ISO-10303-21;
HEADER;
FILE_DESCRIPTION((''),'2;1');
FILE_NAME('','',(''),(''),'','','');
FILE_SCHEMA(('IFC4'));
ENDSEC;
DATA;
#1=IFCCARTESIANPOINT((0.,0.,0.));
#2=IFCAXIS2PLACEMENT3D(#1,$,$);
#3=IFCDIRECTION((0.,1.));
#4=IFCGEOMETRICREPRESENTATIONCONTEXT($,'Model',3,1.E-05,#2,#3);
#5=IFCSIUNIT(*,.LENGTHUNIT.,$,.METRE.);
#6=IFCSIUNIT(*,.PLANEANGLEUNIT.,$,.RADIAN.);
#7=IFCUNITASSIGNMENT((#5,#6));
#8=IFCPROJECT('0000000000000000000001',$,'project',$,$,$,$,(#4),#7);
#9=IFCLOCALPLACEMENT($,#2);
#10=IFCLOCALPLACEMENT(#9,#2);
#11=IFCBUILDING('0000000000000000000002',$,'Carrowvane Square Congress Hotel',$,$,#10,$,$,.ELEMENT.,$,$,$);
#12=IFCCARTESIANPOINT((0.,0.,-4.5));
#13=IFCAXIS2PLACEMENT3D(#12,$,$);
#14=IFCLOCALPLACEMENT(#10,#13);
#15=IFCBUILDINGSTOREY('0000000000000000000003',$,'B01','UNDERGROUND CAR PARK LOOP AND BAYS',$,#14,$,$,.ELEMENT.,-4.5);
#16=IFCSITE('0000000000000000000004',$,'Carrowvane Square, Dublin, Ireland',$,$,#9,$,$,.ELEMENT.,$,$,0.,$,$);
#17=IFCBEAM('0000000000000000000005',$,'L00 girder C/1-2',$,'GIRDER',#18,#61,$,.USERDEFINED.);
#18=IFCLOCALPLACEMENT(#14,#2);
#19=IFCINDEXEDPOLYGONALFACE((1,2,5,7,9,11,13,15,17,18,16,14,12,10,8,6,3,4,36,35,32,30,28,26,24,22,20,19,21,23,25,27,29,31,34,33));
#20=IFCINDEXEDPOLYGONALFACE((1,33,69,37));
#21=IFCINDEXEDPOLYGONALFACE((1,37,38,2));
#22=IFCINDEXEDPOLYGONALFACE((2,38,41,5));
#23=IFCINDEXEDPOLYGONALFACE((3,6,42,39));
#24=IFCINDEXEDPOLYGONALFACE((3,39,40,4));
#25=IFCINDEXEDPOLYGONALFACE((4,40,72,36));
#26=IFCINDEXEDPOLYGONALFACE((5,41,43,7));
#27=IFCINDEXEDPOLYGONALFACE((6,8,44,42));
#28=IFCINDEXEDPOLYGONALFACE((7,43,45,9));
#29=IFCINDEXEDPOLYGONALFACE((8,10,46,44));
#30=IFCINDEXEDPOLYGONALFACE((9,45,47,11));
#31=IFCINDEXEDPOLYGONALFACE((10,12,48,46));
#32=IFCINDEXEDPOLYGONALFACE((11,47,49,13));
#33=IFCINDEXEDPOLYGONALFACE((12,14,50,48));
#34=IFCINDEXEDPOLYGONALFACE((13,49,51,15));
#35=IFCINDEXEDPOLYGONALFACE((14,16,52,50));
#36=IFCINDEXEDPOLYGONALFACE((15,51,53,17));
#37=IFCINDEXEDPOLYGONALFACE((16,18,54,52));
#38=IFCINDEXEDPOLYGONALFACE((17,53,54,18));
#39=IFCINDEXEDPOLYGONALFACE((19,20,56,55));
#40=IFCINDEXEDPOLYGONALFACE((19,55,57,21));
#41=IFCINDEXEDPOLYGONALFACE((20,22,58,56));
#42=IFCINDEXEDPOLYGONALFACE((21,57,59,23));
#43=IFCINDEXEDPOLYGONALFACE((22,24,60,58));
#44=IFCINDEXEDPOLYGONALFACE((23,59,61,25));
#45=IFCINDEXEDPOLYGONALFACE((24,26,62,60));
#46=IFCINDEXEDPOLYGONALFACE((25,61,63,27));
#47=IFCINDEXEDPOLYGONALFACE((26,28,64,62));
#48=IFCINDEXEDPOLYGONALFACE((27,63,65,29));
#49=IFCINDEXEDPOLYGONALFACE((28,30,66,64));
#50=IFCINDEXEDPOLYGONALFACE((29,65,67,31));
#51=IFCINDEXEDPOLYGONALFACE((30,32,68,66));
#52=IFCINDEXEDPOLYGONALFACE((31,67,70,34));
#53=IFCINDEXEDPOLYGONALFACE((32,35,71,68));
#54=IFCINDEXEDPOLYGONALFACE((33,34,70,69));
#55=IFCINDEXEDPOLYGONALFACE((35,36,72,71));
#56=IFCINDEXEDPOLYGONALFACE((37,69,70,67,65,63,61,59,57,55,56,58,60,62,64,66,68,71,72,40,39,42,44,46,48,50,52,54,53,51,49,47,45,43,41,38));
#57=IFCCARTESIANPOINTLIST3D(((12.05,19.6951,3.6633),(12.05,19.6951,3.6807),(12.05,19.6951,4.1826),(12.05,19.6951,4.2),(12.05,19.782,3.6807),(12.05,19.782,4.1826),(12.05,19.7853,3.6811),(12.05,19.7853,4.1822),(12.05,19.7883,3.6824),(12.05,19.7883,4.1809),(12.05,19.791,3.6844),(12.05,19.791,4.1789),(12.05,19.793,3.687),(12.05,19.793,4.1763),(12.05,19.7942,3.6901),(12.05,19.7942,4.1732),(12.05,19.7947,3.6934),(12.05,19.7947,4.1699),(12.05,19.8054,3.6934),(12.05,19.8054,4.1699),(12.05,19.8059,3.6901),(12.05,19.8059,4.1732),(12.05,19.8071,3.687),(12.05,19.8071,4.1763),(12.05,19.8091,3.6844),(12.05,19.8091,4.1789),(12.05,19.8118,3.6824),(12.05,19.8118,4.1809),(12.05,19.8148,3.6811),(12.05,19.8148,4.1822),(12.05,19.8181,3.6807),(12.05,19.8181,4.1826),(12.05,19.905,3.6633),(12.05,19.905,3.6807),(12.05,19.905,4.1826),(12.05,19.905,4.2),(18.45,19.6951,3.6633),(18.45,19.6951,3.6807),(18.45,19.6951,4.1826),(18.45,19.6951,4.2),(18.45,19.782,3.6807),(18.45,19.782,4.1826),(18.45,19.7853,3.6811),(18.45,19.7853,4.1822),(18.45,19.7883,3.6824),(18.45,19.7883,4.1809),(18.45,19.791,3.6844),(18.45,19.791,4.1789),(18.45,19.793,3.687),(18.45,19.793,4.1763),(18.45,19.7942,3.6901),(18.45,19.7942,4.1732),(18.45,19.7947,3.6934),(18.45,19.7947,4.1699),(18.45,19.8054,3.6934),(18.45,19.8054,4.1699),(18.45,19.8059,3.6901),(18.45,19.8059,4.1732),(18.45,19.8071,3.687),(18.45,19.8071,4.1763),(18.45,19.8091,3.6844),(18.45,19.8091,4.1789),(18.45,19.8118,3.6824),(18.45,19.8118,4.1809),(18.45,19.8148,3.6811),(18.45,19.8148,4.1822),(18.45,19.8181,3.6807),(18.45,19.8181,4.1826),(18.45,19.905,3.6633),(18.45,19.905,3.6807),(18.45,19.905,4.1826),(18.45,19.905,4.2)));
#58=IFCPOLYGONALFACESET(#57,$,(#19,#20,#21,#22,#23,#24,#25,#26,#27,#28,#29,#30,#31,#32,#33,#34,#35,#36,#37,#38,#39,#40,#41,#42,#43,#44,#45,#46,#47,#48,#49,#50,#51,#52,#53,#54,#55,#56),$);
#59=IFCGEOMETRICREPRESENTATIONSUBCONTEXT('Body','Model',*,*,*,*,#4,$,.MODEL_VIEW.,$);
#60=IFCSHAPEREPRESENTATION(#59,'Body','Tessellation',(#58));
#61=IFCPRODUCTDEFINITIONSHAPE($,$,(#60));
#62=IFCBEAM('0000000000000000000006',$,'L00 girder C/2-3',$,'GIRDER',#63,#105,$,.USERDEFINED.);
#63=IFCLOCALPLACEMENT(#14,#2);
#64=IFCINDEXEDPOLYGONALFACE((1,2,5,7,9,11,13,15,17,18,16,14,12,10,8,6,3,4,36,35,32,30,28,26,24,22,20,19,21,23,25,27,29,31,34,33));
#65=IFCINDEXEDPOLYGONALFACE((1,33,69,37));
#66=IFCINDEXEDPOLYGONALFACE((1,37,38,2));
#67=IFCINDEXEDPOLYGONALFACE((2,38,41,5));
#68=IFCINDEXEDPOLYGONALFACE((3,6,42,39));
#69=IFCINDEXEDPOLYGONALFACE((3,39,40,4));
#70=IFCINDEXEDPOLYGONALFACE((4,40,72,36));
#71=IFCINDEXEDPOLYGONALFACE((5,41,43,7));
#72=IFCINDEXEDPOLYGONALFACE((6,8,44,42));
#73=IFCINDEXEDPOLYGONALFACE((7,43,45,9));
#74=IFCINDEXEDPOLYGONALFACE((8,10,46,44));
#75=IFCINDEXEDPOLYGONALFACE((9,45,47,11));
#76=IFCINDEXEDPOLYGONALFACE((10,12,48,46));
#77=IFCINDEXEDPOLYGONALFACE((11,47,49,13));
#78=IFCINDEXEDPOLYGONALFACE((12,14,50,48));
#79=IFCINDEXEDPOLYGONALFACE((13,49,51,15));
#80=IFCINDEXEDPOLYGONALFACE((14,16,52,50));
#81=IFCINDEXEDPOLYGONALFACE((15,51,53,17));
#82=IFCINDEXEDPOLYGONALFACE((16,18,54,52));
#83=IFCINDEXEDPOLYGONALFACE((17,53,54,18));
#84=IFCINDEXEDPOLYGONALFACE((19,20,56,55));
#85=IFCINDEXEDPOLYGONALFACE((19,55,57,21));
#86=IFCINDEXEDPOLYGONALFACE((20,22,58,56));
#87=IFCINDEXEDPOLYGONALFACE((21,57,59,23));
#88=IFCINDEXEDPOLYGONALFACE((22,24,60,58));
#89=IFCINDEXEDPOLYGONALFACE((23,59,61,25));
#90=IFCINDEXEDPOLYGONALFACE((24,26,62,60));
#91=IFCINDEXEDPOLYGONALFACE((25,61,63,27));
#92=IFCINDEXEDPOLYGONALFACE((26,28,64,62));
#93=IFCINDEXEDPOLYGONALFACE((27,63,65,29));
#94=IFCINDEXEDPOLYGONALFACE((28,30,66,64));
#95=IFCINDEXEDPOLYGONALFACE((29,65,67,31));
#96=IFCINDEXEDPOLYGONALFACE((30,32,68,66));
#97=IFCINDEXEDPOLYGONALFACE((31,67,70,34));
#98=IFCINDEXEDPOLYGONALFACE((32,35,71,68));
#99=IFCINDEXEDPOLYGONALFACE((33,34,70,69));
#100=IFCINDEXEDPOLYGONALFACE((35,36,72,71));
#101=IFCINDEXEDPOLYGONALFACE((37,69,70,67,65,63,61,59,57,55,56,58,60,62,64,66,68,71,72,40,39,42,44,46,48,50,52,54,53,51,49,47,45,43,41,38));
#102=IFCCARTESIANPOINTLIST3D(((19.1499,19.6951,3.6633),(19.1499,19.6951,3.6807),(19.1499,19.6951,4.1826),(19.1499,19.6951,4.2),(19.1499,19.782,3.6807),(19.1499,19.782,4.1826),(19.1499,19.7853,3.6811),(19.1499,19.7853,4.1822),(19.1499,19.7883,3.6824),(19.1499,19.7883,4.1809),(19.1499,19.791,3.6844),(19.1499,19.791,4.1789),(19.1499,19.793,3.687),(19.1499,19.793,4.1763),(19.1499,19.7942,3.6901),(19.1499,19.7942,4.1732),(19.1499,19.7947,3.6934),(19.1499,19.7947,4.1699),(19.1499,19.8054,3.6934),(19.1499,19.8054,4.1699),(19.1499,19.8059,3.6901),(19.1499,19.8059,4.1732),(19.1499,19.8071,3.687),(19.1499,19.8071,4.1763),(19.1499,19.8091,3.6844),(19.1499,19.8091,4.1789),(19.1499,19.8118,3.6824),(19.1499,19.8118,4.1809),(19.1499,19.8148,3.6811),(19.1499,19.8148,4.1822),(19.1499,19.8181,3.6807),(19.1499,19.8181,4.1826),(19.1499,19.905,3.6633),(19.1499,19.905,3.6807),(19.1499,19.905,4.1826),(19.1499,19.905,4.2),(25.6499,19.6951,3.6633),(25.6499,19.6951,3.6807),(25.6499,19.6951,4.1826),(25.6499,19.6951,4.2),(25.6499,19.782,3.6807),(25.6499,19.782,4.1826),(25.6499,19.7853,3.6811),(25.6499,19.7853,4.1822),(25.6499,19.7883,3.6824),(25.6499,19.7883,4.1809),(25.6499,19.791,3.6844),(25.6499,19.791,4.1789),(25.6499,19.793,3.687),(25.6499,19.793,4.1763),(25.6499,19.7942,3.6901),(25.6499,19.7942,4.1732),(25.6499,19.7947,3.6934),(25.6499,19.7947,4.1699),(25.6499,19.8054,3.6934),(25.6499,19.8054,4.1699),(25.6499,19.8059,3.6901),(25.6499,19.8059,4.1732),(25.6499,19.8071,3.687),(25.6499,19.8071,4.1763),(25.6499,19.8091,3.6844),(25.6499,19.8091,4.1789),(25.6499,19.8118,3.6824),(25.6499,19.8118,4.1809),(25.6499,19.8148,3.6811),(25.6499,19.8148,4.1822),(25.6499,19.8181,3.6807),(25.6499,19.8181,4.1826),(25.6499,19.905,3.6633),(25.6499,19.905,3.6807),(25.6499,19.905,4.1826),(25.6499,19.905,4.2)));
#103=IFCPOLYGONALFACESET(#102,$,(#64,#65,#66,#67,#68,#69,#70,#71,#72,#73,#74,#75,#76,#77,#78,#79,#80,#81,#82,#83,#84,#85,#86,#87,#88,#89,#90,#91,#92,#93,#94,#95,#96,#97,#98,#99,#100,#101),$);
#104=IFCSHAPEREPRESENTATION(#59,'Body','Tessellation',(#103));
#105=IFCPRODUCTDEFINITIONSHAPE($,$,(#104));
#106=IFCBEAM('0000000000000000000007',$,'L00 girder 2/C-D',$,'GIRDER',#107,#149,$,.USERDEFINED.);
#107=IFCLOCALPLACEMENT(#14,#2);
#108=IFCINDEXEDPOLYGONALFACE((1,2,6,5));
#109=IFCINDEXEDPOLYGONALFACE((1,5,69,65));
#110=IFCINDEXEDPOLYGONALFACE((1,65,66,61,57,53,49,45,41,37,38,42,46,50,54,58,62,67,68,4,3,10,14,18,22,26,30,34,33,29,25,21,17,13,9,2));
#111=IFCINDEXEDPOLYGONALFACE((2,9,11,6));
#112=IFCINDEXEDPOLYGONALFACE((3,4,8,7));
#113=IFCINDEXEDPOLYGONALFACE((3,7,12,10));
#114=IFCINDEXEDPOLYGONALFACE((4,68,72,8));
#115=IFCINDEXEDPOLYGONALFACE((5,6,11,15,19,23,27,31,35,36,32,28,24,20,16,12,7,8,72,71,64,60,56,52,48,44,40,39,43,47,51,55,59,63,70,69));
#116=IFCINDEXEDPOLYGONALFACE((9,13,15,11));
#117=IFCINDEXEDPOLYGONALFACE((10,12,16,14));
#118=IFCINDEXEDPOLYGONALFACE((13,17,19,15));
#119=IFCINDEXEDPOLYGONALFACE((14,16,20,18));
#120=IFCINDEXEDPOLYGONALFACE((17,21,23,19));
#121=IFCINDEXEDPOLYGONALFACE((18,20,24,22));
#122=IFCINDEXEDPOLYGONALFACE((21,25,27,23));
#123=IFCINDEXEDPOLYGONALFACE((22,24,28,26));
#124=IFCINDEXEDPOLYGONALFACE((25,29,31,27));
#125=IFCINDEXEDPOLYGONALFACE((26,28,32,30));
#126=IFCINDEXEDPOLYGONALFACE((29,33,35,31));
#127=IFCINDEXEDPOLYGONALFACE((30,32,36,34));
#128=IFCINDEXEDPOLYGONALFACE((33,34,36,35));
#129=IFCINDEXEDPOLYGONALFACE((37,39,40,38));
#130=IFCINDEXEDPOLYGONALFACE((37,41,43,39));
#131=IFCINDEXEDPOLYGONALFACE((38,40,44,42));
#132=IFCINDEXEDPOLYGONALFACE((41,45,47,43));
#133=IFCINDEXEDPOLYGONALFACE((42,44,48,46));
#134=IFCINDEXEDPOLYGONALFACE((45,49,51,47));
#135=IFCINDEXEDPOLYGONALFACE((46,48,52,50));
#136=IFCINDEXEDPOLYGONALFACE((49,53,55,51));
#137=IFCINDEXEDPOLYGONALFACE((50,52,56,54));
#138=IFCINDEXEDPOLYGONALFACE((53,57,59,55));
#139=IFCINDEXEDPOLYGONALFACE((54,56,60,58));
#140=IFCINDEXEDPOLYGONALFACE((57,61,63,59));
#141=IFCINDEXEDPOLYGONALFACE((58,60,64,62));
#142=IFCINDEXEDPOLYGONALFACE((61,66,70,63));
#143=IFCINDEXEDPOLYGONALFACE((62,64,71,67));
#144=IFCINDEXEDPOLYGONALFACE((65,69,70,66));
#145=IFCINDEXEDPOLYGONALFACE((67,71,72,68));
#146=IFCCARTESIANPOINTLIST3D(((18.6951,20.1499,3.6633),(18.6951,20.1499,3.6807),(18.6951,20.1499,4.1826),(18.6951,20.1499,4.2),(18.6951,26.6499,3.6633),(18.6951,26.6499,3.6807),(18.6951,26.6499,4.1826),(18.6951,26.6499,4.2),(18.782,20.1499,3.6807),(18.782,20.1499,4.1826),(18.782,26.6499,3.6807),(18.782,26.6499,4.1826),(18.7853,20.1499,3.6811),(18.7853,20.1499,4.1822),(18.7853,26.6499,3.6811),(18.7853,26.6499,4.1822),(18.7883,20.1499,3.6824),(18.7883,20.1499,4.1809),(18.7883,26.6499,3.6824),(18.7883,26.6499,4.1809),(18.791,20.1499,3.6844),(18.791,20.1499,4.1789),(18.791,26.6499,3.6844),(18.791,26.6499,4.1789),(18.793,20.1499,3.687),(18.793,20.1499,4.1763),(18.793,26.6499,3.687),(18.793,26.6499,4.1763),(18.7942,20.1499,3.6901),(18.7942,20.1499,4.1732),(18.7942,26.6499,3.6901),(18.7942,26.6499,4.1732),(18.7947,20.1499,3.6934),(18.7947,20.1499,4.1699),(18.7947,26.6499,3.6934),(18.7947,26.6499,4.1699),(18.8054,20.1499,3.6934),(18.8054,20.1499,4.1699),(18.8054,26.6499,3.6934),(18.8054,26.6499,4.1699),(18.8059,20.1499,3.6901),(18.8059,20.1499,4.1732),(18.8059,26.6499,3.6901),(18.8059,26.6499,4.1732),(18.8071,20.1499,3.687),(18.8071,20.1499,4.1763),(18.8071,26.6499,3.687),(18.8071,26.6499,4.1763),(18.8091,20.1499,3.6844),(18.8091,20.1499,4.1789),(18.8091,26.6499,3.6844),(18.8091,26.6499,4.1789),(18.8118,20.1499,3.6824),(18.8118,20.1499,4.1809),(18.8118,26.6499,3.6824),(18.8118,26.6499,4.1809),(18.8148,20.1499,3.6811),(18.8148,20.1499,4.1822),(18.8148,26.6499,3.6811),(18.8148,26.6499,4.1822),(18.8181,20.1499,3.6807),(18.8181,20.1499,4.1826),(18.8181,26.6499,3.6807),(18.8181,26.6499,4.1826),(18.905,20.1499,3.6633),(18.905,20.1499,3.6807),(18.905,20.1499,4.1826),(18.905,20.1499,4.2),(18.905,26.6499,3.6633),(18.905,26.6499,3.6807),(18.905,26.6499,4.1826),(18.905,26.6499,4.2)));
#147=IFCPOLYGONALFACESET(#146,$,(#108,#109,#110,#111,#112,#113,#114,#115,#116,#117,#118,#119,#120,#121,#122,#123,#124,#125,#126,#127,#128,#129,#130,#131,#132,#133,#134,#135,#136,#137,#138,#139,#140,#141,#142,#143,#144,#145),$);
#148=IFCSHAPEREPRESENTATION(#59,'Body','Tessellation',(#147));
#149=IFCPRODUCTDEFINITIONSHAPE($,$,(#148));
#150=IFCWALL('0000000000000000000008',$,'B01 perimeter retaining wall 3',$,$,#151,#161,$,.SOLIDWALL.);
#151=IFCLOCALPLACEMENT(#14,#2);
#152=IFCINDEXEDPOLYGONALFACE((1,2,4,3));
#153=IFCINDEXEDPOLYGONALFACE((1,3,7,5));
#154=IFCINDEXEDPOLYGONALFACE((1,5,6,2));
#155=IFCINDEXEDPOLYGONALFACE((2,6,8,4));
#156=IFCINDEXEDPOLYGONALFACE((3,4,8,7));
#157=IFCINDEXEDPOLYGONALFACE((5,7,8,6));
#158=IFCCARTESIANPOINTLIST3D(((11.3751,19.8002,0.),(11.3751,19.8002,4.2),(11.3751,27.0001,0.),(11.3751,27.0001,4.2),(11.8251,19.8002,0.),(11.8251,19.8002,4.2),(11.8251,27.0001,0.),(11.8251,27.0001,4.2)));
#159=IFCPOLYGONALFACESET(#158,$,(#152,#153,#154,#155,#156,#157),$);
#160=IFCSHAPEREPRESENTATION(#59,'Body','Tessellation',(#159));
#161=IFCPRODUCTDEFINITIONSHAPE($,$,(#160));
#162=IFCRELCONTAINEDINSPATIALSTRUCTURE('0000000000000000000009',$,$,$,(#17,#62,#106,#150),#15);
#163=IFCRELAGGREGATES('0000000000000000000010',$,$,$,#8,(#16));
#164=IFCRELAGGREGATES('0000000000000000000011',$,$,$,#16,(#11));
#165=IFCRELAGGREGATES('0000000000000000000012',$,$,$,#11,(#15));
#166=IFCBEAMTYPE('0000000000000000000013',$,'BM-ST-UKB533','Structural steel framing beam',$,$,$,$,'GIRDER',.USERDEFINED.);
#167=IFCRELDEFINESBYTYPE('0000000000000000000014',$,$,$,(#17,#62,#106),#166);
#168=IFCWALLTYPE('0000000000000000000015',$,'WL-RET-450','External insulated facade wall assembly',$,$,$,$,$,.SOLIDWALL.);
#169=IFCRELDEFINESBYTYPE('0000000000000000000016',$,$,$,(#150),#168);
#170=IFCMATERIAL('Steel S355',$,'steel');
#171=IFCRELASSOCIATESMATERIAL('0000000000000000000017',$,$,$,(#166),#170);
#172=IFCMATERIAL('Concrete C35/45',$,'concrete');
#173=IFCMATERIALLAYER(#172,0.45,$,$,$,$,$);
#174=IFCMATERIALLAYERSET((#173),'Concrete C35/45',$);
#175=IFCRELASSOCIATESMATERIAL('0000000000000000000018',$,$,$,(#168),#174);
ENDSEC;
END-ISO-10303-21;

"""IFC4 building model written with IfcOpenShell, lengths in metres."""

from ifc_helpers import new_model, si_unit, direction, frame, frame_2d, origin, origin_2d, place, context, subcontext, project, spatial, rectangle, i_section, extrude, material, layer, layer_set, material_profile, profile_set, type_object, element, save


model = new_model("IFC4")

# Units and contexts
model_context = context("Model", 3, precision=1e-05, world=origin(), true_north=direction((0.0, 1.0)))
body_context = subcontext(model_context, "Body", "Model", "MODEL_VIEW")
ifc_project = project(units=[si_unit("LENGTHUNIT", "METRE"), si_unit("PLANEANGLEUNIT", "RADIAN")], contexts=[model_context])

# Site, building, storey
site_placement = place(None, origin())
site = spatial("IfcSite", under=ifc_project, at=site_placement, Name="Carrowvane Square, Dublin, Ireland", CompositionType="ELEMENT", RefElevation=0.0)
building_placement = place(site_placement, origin())
building = spatial("IfcBuilding", under=site, at=building_placement, Name="Carrowvane Square Congress Hotel", CompositionType="ELEMENT")
storey_placement = place(building_placement, frame((0.0, 0.0, -4.5)))
storey = spatial("IfcBuildingStorey", under=building, at=storey_placement, Name="B01", Description="UNDERGROUND CAR PARK LOOP AND BAYS", CompositionType="ELEMENT", Elevation=-4.5)

# Beams
ifc_material_1 = material(Name="Steel S355", Category="steel")
ifc_material_profile_1 = material_profile(ifc_material_1, i_section(OverallWidth=0.21, OverallDepth=0.5366, WebThickness=0.0107, FlangeThickness=0.0173, FilletRadius=0.0127, at=origin_2d()), Name="UKB 533x210x101")
ifc_profile_set_1 = profile_set([ifc_material_profile_1], Name="Steel S355")
beam_type_1 = type_object("IfcBeamType", Name="BM-ST-UKB533", Description="Structural steel framing beam", ElementType="GIRDER", PredefinedType="USERDEFINED", material=ifc_profile_set_1)
beam_1_placement = place(storey_placement, frame((12.05, 19.8, 3.9316), z_axis=(1.0, 0.0, 0.0), x_axis=(0.0, 1.0, 0.0)))
element("IfcBeam", 1, at=beam_1_placement, inside=storey, type_object=beam_type_1, Name="L00 girder C/1-2", ObjectType="GIRDER", PredefinedType="USERDEFINED", context=body_context, shape_type="SweptSolid", body=[
    extrude(i_section(OverallWidth=0.21, OverallDepth=0.5366, WebThickness=0.0107, FlangeThickness=0.0173, FilletRadius=0.0127, at=origin_2d()), origin(), (0.0, 0.0, 1.0), 6.3999),
])
for number, where, z_axis, x_axis, name in (
    (2, (19.1499, 19.8, 3.9316), (1.0, 0.0, 0.0), (0.0, 1.0, 0.0), "L00 girder C/2-3"),
    (3, (18.8, 20.1499, 3.9316), (0.0, 1.0, 0.0), (-1.0, 0.0, 0.0), "L00 girder 2/C-D"),
):
    element("IfcBeam", number, at=place(storey_placement, frame(where, z_axis=z_axis, x_axis=x_axis)), inside=storey, type_object=beam_type_1, Name=name, ObjectType="GIRDER", PredefinedType="USERDEFINED", context=body_context, shape_type="SweptSolid", body=[
        extrude(i_section(OverallWidth=0.21, OverallDepth=0.5366, WebThickness=0.0107, FlangeThickness=0.0173, FilletRadius=0.0127, at=origin_2d()), origin(), (0.0, 0.0, 1.0), 6.5),
    ])

# Wall
ifc_material_2 = material(Name="Concrete C35/45", Category="concrete")
ifc_layer = layer(ifc_material_2, 0.45)
ifc_layer_set = layer_set([ifc_layer], Name="Concrete C35/45")
wall_type = type_object("IfcWallType", Name="WL-RET-450", Description="External insulated facade wall assembly", PredefinedType="SOLIDWALL", material=ifc_layer_set)
wall_placement = place(storey_placement, frame((11.6001, 19.8, 0.0), z_axis=(0.0, 0.0, 1.0), x_axis=(0.0, 1.0, 0.0)))
element("IfcWall", 4, at=wall_placement, inside=storey, type_object=wall_type, Name="B01 perimeter retaining wall 3", PredefinedType="SOLIDWALL", context=body_context, shape_type="SweptSolid", body=[
    extrude(rectangle(XDim=7.2, YDim=0.45, at=frame_2d((3.6001, 0.0))), origin(), (0.0, 0.0, 1.0), 4.2),
])

save(model, "model.ifc")
